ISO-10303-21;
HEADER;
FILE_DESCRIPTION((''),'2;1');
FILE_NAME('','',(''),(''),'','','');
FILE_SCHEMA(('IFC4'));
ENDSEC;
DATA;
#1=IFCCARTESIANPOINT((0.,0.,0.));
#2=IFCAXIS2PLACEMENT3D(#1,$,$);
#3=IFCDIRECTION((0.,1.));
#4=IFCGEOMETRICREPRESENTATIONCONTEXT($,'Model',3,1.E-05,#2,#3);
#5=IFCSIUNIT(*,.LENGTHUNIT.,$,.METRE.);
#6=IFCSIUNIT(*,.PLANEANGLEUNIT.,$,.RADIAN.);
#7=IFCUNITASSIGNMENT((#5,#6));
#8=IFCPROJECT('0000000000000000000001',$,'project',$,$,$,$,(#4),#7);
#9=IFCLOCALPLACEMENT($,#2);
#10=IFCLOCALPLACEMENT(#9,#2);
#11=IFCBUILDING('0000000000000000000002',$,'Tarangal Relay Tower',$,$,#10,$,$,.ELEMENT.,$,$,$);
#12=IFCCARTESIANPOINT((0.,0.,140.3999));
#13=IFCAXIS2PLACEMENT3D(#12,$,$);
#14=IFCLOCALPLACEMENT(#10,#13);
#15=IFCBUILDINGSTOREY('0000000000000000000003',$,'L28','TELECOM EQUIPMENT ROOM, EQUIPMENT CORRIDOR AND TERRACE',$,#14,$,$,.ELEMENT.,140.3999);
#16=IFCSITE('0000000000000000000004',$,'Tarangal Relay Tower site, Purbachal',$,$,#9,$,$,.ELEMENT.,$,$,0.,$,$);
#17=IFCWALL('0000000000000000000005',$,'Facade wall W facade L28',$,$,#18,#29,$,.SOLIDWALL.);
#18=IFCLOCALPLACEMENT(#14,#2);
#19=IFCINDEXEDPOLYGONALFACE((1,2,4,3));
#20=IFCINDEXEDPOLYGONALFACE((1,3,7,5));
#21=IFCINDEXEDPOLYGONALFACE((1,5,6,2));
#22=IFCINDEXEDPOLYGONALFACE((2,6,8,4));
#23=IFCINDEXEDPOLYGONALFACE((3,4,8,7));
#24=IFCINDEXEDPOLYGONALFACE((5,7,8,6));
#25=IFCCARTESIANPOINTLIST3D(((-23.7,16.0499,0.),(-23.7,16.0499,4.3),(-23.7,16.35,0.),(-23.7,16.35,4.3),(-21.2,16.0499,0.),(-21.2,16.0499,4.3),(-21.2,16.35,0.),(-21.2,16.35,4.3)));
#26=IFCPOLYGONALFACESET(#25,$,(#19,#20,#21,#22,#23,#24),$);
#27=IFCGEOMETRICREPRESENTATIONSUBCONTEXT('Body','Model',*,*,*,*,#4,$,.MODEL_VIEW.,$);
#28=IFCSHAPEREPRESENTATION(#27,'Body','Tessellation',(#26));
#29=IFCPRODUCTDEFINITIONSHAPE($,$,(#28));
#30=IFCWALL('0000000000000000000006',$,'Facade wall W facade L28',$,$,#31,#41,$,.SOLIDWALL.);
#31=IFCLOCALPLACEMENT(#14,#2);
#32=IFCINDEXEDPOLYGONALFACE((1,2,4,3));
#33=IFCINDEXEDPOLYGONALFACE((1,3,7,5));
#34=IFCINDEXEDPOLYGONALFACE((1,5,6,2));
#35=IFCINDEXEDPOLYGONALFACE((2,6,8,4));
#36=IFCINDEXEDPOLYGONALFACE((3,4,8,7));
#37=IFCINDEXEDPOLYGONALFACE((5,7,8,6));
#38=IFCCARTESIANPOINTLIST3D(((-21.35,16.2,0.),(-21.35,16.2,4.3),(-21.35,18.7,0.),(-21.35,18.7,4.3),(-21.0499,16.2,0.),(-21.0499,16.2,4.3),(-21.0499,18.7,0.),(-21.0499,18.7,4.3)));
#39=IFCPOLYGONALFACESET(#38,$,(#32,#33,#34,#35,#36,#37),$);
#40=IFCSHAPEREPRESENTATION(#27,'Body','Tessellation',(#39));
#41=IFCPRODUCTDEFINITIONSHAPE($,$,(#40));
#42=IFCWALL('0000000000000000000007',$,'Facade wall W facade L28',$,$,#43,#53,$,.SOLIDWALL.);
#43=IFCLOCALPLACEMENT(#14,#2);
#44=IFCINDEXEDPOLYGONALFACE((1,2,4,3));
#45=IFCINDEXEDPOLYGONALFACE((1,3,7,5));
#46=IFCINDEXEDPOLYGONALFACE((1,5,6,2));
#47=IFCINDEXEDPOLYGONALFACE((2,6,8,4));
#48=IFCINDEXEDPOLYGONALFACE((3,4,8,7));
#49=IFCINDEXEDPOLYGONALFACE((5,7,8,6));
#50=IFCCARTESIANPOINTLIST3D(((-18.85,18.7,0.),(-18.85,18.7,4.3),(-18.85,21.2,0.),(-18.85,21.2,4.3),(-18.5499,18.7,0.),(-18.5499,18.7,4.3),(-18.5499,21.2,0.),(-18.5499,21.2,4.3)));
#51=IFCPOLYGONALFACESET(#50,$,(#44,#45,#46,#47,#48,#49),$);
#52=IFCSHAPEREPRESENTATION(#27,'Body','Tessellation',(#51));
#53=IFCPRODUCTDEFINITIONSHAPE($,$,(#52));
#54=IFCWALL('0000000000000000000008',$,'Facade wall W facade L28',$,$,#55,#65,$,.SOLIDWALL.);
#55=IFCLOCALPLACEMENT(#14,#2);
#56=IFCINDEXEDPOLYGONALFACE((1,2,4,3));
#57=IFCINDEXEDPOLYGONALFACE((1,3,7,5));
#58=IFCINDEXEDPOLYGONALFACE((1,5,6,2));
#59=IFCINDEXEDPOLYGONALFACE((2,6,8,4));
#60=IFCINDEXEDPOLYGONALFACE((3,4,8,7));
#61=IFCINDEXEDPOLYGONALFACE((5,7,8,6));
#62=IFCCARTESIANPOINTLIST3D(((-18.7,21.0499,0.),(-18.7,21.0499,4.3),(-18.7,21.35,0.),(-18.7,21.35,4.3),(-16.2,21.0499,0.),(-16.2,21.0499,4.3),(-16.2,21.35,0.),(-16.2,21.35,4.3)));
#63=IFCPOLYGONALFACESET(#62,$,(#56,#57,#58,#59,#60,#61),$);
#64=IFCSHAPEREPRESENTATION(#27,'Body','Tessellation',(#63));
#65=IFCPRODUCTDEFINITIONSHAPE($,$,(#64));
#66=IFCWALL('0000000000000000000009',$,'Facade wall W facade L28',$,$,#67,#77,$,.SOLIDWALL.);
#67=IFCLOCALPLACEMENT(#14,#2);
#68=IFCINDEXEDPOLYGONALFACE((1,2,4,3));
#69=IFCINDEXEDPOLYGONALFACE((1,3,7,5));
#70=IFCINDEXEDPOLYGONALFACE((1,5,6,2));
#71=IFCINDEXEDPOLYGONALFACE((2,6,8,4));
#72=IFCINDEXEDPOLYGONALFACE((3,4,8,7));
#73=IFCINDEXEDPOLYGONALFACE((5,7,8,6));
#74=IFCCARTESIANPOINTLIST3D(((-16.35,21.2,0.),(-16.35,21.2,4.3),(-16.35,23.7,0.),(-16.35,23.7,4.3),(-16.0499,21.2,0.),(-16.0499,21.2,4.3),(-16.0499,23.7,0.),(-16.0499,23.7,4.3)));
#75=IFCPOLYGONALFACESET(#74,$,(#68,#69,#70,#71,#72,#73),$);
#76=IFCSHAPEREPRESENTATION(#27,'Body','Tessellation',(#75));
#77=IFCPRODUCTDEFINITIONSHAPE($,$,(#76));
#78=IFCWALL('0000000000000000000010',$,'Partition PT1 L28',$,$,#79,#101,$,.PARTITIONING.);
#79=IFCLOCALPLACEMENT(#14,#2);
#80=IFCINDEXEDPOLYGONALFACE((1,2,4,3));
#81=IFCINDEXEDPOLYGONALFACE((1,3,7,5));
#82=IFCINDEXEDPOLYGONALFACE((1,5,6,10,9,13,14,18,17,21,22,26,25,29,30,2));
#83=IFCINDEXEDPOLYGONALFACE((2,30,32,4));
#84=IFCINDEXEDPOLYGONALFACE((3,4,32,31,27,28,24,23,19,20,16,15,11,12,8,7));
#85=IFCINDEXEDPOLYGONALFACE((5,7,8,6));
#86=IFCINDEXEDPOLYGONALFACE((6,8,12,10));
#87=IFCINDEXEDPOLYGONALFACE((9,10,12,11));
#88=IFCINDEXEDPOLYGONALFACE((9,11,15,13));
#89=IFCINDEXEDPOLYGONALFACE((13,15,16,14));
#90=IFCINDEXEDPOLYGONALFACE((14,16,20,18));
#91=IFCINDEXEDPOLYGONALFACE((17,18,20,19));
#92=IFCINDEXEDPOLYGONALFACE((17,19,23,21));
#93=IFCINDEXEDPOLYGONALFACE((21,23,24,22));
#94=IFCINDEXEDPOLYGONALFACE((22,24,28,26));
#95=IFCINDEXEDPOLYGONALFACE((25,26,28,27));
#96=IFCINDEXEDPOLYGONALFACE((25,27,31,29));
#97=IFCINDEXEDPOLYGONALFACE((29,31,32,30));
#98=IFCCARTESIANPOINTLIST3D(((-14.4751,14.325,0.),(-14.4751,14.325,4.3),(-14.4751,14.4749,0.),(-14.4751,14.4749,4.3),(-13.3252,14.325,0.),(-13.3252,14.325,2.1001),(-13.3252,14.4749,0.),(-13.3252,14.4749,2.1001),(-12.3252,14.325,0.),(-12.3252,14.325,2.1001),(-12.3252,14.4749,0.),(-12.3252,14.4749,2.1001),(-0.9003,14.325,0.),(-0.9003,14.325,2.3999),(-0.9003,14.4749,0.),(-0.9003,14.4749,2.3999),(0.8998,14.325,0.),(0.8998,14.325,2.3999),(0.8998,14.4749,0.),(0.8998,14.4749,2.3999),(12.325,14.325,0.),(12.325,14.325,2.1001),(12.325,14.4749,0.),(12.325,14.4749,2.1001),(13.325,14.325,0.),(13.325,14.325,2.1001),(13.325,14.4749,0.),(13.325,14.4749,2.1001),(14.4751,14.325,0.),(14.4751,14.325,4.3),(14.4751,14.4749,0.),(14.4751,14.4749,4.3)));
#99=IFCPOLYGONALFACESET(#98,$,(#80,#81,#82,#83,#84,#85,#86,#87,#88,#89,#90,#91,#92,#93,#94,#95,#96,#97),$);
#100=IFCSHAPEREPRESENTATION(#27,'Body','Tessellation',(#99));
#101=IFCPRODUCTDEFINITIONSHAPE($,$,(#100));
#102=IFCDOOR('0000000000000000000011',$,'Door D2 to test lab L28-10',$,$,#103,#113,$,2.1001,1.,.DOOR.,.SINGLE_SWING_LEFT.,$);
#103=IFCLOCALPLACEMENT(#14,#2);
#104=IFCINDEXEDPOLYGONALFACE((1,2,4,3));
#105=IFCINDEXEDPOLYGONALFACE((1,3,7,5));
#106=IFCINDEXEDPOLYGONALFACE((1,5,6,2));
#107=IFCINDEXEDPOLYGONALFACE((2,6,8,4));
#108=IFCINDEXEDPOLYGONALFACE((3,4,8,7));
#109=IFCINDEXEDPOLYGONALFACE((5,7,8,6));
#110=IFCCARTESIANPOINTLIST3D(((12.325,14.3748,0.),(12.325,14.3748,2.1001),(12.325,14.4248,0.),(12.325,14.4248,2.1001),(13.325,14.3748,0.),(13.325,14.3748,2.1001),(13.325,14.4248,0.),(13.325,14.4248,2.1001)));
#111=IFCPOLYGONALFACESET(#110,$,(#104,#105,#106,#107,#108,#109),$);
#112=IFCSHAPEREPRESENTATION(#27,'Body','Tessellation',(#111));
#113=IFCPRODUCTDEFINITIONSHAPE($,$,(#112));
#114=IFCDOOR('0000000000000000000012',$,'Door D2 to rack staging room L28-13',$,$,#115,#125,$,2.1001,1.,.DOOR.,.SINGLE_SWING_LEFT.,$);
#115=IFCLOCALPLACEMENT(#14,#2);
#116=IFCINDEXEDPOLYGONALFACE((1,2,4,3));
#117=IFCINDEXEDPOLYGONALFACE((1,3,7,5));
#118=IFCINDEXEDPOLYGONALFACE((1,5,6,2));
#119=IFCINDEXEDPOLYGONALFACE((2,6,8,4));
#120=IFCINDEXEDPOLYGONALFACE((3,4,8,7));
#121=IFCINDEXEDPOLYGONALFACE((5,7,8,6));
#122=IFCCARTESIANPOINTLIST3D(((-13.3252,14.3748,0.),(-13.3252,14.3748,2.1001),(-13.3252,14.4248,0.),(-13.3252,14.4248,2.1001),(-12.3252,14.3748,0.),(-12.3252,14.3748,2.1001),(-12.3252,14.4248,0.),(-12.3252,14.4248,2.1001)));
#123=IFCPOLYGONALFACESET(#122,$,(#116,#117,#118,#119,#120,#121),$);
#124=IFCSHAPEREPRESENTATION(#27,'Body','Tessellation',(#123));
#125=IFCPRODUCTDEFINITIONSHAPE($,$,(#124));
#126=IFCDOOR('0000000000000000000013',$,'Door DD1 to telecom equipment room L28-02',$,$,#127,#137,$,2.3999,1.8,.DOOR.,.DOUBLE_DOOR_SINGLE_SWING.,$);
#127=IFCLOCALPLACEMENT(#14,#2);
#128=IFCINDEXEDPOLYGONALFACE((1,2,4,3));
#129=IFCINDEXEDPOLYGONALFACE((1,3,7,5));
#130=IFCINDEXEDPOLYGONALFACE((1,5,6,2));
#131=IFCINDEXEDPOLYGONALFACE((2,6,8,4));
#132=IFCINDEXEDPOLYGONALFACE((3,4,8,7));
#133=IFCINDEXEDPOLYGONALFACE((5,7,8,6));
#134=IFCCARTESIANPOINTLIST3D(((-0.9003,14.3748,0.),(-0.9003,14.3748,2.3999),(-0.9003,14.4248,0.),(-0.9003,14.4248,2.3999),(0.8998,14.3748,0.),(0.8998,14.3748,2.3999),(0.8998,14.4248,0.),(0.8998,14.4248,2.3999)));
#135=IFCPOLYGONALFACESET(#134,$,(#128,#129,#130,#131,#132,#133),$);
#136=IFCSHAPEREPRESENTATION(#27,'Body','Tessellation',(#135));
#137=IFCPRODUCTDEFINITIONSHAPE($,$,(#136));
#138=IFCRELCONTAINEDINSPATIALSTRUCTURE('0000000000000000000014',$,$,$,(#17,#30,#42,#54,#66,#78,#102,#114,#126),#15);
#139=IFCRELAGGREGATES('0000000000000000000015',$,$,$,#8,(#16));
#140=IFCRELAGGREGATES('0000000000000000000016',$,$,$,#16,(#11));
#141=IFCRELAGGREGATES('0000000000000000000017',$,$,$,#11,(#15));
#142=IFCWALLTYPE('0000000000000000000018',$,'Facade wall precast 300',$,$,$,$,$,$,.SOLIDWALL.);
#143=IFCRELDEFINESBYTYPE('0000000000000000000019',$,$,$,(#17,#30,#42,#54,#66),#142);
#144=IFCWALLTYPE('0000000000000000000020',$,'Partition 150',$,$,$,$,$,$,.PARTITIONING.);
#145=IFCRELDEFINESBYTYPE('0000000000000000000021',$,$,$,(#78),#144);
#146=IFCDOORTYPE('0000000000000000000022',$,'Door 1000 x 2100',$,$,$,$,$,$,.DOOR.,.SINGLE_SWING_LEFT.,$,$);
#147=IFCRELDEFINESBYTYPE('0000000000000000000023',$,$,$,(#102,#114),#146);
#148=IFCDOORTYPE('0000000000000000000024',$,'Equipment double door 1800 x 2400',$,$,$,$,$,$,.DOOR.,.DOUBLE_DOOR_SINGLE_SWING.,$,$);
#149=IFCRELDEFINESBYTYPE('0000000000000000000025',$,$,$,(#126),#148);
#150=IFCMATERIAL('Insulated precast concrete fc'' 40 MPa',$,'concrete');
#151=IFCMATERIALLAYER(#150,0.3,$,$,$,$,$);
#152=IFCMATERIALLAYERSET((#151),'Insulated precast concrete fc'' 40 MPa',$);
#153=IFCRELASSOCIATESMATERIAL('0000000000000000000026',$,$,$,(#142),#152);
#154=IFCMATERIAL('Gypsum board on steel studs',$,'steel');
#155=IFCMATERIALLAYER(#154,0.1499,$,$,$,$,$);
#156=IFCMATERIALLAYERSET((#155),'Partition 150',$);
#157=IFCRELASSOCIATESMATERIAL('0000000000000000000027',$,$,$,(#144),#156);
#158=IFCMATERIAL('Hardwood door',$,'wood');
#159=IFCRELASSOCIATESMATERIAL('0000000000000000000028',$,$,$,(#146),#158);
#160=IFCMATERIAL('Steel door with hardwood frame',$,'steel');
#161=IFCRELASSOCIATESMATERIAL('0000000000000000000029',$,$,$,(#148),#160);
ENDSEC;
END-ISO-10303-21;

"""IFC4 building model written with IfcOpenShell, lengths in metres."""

from ifc_helpers import new_model, si_unit, direction, frame, frame_2d, origin, place, context, subcontext, project, spatial, rectangle, extrude, material, layer, layer_set, type_object, element, fill, save


model = new_model("IFC4")

# Units and contexts
model_context = context("Model", 3, precision=1e-05, world=origin(), true_north=direction((0.0, 1.0)))
body_context = subcontext(model_context, "Body", "Model", "MODEL_VIEW")
ifc_project = project(units=[si_unit("LENGTHUNIT", "METRE"), si_unit("PLANEANGLEUNIT", "RADIAN")], contexts=[model_context])

# Site, building, storey
site_placement = place(None, origin())
site = spatial("IfcSite", under=ifc_project, at=site_placement, Name="Tarangal Relay Tower site, Purbachal", CompositionType="ELEMENT", RefElevation=0.0)
building_placement = place(site_placement, origin())
building = spatial("IfcBuilding", under=site, at=building_placement, Name="Tarangal Relay Tower", CompositionType="ELEMENT")
storey_placement = place(building_placement, frame((0.0, 0.0, 140.3999)))
storey = spatial("IfcBuildingStorey", under=building, at=storey_placement, Name="L28", Description="TELECOM EQUIPMENT ROOM, EQUIPMENT CORRIDOR AND TERRACE", CompositionType="ELEMENT", Elevation=140.3999)

# Shared definitions
ifc_material_1 = material(Name="Insulated precast concrete fc' 40 MPa", Category="concrete")
ifc_layer_1 = layer(ifc_material_1, 0.3)
ifc_layer_set_1 = layer_set([ifc_layer_1], Name="Insulated precast concrete fc' 40 MPa")
wall_type_1 = type_object("IfcWallType", Name="Facade wall precast 300", PredefinedType="SOLIDWALL", material=ifc_layer_set_1)

# Walls
for number, where, z_axis, x_axis, name in (
    (1, (-23.7, 16.2, 0.0), (0.0, 0.0, 1.0), (1.0, 0.0, 0.0), "Facade wall W facade L28"),
    (2, (-21.2, 16.2, 0.0), (0.0, 0.0, 1.0), (0.0, 1.0, 0.0), "Facade wall W facade L28"),
):
    element("IfcWall", number, at=place(storey_placement, frame(where, z_axis=z_axis, x_axis=x_axis)), inside=storey, type_object=wall_type_1, Name=name, PredefinedType="SOLIDWALL", context=body_context, shape_type="SweptSolid", body=[
        extrude(rectangle(XDim=2.5, YDim=0.3, at=frame_2d((1.25, 0.0))), origin(), (0.0, 0.0, 1.0), 4.3),
    ])

# Walls
for number, where, z_axis, x_axis, name in (
    (3, (-18.7, 18.7, 0.0), (0.0, 0.0, 1.0), (0.0, 1.0, 0.0), "Facade wall W facade L28"),
    (4, (-18.7, 21.2, 0.0), (0.0, 0.0, 1.0), (1.0, 0.0, 0.0), "Facade wall W facade L28"),
    (5, (-16.2, 21.2, 0.0), (0.0, 0.0, 1.0), (0.0, 1.0, 0.0), "Facade wall W facade L28"),
):
    element("IfcWall", number, at=place(storey_placement, frame(where, z_axis=z_axis, x_axis=x_axis)), inside=storey, type_object=wall_type_1, Name=name, PredefinedType="SOLIDWALL", context=body_context, shape_type="SweptSolid", body=[
        extrude(rectangle(XDim=2.5, YDim=0.3, at=frame_2d((1.25, 0.0))), origin(), (0.0, 0.0, 1.0), 4.3),
    ])

# Wall, openings, doors
ifc_material_2 = material(Name="Gypsum board on steel studs", Category="steel")
ifc_layer_2 = layer(ifc_material_2, 0.1499)
ifc_layer_set_2 = layer_set([ifc_layer_2], Name="Partition 150")
wall_type_2 = type_object("IfcWallType", Name="Partition 150", PredefinedType="PARTITIONING", material=ifc_layer_set_2)
wall_1_placement = place(storey_placement, frame((-14.4751, 14.3999, 0.0), z_axis=(0.0, 0.0, 1.0), x_axis=(1.0, 0.0, 0.0)))
wall_1 = element("IfcWall", 6, at=wall_1_placement, inside=storey, type_object=wall_type_2, Name="Partition PT1 L28", PredefinedType="PARTITIONING", context=body_context, shape_type="SweptSolid", body=[
    extrude(rectangle(XDim=28.9502, YDim=0.1499, at=frame_2d((14.4751, 0.0))), origin(), (0.0, 0.0, 1.0), 4.3),
])
opening_1_placement = place(wall_1_placement, frame((13.575, 0.0, 0.0)))
opening_1 = element("IfcOpeningElement", 7, at=opening_1_placement, cuts=wall_1, PredefinedType="OPENING", context=body_context, shape_type="SweptSolid", body=[
    extrude(rectangle(XDim=1.8, YDim=2.3999, at=frame_2d((0.8999, 1.2))), frame((0.0, 0.085, 0.0), z_axis=(0.0, -1.0, 0.0), x_axis=(1.0, 0.0, 0.0)), (0.0, 0.0, 1.0), 0.1699),
])
opening_2_placement = place(wall_1_placement, frame((26.8, 0.0, 0.0)))
opening_2 = element("IfcOpeningElement", 8, at=opening_2_placement, cuts=wall_1, PredefinedType="OPENING", context=body_context, shape_type="SweptSolid", body=[
    extrude(rectangle(XDim=1.0, YDim=2.1001, at=frame_2d((0.5, 1.05))), frame((0.0, 0.085, 0.0), z_axis=(0.0, -1.0, 0.0), x_axis=(1.0, 0.0, 0.0)), (0.0, 0.0, 1.0), 0.1699),
])
opening_3_placement = place(wall_1_placement, frame((1.1499, 0.0, 0.0)))
opening_3 = element("IfcOpeningElement", 9, at=opening_3_placement, cuts=wall_1, PredefinedType="OPENING", context=body_context, shape_type="SweptSolid", body=[
    extrude(rectangle(XDim=1.0, YDim=2.1001, at=frame_2d((0.5, 1.05))), frame((0.0, 0.085, 0.0), z_axis=(0.0, -1.0, 0.0), x_axis=(1.0, 0.0, 0.0)), (0.0, 0.0, 1.0), 0.1699),
])
ifc_material_3 = material(Name="Hardwood door", Category="wood")
door_type_1 = type_object("IfcDoorType", Name="Door 1000 x 2100", OperationType="SINGLE_SWING_LEFT", PredefinedType="DOOR", material=ifc_material_3)
door_1_placement = place(opening_2_placement, origin())
door_1 = element("IfcDoor", 10, at=door_1_placement, inside=storey, type_object=door_type_1, Name="Door D2 to test lab L28-10", OperationType="SINGLE_SWING_LEFT", OverallHeight=2.1001, OverallWidth=1.0, PredefinedType="DOOR", context=body_context, shape_type="SweptSolid", body=[
    extrude(rectangle(XDim=1.0, YDim=2.1001, at=frame_2d((0.5, 1.05))), frame((0.0, 0.0249, 0.0), z_axis=(0.0, -1.0, 0.0), x_axis=(1.0, 0.0, 0.0)), (0.0, 0.0, 1.0), 0.05),
])
fill(opening_2, door_1)
door_2_placement = place(opening_3_placement, origin())
door_2 = element("IfcDoor", 11, at=door_2_placement, inside=storey, type_object=door_type_1, Name="Door D2 to rack staging room L28-13", OperationType="SINGLE_SWING_LEFT", OverallHeight=2.1001, OverallWidth=1.0, PredefinedType="DOOR", context=body_context, shape_type="SweptSolid", body=[
    extrude(rectangle(XDim=1.0, YDim=2.1001, at=frame_2d((0.5, 1.05))), frame((0.0, 0.0249, 0.0), z_axis=(0.0, -1.0, 0.0), x_axis=(1.0, 0.0, 0.0)), (0.0, 0.0, 1.0), 0.05),
])
fill(opening_3, door_2)
ifc_material_4 = material(Name="Steel door with hardwood frame", Category="steel")
door_type_2 = type_object("IfcDoorType", Name="Equipment double door 1800 x 2400", OperationType="DOUBLE_DOOR_SINGLE_SWING", PredefinedType="DOOR", material=ifc_material_4)
door_3_placement = place(opening_1_placement, origin())
door_3 = element("IfcDoor", 12, at=door_3_placement, inside=storey, type_object=door_type_2, Name="Door DD1 to telecom equipment room L28-02", OperationType="DOUBLE_DOOR_SINGLE_SWING", OverallHeight=2.3999, OverallWidth=1.8, PredefinedType="DOOR", context=body_context, shape_type="SweptSolid", body=[
    extrude(rectangle(XDim=1.8, YDim=2.3999, at=frame_2d((0.8999, 1.2))), frame((0.0, 0.0249, 0.0), z_axis=(0.0, -1.0, 0.0), x_axis=(1.0, 0.0, 0.0)), (0.0, 0.0, 1.0), 0.05),
])
fill(opening_1, door_3)

save(model, "model.ifc")
